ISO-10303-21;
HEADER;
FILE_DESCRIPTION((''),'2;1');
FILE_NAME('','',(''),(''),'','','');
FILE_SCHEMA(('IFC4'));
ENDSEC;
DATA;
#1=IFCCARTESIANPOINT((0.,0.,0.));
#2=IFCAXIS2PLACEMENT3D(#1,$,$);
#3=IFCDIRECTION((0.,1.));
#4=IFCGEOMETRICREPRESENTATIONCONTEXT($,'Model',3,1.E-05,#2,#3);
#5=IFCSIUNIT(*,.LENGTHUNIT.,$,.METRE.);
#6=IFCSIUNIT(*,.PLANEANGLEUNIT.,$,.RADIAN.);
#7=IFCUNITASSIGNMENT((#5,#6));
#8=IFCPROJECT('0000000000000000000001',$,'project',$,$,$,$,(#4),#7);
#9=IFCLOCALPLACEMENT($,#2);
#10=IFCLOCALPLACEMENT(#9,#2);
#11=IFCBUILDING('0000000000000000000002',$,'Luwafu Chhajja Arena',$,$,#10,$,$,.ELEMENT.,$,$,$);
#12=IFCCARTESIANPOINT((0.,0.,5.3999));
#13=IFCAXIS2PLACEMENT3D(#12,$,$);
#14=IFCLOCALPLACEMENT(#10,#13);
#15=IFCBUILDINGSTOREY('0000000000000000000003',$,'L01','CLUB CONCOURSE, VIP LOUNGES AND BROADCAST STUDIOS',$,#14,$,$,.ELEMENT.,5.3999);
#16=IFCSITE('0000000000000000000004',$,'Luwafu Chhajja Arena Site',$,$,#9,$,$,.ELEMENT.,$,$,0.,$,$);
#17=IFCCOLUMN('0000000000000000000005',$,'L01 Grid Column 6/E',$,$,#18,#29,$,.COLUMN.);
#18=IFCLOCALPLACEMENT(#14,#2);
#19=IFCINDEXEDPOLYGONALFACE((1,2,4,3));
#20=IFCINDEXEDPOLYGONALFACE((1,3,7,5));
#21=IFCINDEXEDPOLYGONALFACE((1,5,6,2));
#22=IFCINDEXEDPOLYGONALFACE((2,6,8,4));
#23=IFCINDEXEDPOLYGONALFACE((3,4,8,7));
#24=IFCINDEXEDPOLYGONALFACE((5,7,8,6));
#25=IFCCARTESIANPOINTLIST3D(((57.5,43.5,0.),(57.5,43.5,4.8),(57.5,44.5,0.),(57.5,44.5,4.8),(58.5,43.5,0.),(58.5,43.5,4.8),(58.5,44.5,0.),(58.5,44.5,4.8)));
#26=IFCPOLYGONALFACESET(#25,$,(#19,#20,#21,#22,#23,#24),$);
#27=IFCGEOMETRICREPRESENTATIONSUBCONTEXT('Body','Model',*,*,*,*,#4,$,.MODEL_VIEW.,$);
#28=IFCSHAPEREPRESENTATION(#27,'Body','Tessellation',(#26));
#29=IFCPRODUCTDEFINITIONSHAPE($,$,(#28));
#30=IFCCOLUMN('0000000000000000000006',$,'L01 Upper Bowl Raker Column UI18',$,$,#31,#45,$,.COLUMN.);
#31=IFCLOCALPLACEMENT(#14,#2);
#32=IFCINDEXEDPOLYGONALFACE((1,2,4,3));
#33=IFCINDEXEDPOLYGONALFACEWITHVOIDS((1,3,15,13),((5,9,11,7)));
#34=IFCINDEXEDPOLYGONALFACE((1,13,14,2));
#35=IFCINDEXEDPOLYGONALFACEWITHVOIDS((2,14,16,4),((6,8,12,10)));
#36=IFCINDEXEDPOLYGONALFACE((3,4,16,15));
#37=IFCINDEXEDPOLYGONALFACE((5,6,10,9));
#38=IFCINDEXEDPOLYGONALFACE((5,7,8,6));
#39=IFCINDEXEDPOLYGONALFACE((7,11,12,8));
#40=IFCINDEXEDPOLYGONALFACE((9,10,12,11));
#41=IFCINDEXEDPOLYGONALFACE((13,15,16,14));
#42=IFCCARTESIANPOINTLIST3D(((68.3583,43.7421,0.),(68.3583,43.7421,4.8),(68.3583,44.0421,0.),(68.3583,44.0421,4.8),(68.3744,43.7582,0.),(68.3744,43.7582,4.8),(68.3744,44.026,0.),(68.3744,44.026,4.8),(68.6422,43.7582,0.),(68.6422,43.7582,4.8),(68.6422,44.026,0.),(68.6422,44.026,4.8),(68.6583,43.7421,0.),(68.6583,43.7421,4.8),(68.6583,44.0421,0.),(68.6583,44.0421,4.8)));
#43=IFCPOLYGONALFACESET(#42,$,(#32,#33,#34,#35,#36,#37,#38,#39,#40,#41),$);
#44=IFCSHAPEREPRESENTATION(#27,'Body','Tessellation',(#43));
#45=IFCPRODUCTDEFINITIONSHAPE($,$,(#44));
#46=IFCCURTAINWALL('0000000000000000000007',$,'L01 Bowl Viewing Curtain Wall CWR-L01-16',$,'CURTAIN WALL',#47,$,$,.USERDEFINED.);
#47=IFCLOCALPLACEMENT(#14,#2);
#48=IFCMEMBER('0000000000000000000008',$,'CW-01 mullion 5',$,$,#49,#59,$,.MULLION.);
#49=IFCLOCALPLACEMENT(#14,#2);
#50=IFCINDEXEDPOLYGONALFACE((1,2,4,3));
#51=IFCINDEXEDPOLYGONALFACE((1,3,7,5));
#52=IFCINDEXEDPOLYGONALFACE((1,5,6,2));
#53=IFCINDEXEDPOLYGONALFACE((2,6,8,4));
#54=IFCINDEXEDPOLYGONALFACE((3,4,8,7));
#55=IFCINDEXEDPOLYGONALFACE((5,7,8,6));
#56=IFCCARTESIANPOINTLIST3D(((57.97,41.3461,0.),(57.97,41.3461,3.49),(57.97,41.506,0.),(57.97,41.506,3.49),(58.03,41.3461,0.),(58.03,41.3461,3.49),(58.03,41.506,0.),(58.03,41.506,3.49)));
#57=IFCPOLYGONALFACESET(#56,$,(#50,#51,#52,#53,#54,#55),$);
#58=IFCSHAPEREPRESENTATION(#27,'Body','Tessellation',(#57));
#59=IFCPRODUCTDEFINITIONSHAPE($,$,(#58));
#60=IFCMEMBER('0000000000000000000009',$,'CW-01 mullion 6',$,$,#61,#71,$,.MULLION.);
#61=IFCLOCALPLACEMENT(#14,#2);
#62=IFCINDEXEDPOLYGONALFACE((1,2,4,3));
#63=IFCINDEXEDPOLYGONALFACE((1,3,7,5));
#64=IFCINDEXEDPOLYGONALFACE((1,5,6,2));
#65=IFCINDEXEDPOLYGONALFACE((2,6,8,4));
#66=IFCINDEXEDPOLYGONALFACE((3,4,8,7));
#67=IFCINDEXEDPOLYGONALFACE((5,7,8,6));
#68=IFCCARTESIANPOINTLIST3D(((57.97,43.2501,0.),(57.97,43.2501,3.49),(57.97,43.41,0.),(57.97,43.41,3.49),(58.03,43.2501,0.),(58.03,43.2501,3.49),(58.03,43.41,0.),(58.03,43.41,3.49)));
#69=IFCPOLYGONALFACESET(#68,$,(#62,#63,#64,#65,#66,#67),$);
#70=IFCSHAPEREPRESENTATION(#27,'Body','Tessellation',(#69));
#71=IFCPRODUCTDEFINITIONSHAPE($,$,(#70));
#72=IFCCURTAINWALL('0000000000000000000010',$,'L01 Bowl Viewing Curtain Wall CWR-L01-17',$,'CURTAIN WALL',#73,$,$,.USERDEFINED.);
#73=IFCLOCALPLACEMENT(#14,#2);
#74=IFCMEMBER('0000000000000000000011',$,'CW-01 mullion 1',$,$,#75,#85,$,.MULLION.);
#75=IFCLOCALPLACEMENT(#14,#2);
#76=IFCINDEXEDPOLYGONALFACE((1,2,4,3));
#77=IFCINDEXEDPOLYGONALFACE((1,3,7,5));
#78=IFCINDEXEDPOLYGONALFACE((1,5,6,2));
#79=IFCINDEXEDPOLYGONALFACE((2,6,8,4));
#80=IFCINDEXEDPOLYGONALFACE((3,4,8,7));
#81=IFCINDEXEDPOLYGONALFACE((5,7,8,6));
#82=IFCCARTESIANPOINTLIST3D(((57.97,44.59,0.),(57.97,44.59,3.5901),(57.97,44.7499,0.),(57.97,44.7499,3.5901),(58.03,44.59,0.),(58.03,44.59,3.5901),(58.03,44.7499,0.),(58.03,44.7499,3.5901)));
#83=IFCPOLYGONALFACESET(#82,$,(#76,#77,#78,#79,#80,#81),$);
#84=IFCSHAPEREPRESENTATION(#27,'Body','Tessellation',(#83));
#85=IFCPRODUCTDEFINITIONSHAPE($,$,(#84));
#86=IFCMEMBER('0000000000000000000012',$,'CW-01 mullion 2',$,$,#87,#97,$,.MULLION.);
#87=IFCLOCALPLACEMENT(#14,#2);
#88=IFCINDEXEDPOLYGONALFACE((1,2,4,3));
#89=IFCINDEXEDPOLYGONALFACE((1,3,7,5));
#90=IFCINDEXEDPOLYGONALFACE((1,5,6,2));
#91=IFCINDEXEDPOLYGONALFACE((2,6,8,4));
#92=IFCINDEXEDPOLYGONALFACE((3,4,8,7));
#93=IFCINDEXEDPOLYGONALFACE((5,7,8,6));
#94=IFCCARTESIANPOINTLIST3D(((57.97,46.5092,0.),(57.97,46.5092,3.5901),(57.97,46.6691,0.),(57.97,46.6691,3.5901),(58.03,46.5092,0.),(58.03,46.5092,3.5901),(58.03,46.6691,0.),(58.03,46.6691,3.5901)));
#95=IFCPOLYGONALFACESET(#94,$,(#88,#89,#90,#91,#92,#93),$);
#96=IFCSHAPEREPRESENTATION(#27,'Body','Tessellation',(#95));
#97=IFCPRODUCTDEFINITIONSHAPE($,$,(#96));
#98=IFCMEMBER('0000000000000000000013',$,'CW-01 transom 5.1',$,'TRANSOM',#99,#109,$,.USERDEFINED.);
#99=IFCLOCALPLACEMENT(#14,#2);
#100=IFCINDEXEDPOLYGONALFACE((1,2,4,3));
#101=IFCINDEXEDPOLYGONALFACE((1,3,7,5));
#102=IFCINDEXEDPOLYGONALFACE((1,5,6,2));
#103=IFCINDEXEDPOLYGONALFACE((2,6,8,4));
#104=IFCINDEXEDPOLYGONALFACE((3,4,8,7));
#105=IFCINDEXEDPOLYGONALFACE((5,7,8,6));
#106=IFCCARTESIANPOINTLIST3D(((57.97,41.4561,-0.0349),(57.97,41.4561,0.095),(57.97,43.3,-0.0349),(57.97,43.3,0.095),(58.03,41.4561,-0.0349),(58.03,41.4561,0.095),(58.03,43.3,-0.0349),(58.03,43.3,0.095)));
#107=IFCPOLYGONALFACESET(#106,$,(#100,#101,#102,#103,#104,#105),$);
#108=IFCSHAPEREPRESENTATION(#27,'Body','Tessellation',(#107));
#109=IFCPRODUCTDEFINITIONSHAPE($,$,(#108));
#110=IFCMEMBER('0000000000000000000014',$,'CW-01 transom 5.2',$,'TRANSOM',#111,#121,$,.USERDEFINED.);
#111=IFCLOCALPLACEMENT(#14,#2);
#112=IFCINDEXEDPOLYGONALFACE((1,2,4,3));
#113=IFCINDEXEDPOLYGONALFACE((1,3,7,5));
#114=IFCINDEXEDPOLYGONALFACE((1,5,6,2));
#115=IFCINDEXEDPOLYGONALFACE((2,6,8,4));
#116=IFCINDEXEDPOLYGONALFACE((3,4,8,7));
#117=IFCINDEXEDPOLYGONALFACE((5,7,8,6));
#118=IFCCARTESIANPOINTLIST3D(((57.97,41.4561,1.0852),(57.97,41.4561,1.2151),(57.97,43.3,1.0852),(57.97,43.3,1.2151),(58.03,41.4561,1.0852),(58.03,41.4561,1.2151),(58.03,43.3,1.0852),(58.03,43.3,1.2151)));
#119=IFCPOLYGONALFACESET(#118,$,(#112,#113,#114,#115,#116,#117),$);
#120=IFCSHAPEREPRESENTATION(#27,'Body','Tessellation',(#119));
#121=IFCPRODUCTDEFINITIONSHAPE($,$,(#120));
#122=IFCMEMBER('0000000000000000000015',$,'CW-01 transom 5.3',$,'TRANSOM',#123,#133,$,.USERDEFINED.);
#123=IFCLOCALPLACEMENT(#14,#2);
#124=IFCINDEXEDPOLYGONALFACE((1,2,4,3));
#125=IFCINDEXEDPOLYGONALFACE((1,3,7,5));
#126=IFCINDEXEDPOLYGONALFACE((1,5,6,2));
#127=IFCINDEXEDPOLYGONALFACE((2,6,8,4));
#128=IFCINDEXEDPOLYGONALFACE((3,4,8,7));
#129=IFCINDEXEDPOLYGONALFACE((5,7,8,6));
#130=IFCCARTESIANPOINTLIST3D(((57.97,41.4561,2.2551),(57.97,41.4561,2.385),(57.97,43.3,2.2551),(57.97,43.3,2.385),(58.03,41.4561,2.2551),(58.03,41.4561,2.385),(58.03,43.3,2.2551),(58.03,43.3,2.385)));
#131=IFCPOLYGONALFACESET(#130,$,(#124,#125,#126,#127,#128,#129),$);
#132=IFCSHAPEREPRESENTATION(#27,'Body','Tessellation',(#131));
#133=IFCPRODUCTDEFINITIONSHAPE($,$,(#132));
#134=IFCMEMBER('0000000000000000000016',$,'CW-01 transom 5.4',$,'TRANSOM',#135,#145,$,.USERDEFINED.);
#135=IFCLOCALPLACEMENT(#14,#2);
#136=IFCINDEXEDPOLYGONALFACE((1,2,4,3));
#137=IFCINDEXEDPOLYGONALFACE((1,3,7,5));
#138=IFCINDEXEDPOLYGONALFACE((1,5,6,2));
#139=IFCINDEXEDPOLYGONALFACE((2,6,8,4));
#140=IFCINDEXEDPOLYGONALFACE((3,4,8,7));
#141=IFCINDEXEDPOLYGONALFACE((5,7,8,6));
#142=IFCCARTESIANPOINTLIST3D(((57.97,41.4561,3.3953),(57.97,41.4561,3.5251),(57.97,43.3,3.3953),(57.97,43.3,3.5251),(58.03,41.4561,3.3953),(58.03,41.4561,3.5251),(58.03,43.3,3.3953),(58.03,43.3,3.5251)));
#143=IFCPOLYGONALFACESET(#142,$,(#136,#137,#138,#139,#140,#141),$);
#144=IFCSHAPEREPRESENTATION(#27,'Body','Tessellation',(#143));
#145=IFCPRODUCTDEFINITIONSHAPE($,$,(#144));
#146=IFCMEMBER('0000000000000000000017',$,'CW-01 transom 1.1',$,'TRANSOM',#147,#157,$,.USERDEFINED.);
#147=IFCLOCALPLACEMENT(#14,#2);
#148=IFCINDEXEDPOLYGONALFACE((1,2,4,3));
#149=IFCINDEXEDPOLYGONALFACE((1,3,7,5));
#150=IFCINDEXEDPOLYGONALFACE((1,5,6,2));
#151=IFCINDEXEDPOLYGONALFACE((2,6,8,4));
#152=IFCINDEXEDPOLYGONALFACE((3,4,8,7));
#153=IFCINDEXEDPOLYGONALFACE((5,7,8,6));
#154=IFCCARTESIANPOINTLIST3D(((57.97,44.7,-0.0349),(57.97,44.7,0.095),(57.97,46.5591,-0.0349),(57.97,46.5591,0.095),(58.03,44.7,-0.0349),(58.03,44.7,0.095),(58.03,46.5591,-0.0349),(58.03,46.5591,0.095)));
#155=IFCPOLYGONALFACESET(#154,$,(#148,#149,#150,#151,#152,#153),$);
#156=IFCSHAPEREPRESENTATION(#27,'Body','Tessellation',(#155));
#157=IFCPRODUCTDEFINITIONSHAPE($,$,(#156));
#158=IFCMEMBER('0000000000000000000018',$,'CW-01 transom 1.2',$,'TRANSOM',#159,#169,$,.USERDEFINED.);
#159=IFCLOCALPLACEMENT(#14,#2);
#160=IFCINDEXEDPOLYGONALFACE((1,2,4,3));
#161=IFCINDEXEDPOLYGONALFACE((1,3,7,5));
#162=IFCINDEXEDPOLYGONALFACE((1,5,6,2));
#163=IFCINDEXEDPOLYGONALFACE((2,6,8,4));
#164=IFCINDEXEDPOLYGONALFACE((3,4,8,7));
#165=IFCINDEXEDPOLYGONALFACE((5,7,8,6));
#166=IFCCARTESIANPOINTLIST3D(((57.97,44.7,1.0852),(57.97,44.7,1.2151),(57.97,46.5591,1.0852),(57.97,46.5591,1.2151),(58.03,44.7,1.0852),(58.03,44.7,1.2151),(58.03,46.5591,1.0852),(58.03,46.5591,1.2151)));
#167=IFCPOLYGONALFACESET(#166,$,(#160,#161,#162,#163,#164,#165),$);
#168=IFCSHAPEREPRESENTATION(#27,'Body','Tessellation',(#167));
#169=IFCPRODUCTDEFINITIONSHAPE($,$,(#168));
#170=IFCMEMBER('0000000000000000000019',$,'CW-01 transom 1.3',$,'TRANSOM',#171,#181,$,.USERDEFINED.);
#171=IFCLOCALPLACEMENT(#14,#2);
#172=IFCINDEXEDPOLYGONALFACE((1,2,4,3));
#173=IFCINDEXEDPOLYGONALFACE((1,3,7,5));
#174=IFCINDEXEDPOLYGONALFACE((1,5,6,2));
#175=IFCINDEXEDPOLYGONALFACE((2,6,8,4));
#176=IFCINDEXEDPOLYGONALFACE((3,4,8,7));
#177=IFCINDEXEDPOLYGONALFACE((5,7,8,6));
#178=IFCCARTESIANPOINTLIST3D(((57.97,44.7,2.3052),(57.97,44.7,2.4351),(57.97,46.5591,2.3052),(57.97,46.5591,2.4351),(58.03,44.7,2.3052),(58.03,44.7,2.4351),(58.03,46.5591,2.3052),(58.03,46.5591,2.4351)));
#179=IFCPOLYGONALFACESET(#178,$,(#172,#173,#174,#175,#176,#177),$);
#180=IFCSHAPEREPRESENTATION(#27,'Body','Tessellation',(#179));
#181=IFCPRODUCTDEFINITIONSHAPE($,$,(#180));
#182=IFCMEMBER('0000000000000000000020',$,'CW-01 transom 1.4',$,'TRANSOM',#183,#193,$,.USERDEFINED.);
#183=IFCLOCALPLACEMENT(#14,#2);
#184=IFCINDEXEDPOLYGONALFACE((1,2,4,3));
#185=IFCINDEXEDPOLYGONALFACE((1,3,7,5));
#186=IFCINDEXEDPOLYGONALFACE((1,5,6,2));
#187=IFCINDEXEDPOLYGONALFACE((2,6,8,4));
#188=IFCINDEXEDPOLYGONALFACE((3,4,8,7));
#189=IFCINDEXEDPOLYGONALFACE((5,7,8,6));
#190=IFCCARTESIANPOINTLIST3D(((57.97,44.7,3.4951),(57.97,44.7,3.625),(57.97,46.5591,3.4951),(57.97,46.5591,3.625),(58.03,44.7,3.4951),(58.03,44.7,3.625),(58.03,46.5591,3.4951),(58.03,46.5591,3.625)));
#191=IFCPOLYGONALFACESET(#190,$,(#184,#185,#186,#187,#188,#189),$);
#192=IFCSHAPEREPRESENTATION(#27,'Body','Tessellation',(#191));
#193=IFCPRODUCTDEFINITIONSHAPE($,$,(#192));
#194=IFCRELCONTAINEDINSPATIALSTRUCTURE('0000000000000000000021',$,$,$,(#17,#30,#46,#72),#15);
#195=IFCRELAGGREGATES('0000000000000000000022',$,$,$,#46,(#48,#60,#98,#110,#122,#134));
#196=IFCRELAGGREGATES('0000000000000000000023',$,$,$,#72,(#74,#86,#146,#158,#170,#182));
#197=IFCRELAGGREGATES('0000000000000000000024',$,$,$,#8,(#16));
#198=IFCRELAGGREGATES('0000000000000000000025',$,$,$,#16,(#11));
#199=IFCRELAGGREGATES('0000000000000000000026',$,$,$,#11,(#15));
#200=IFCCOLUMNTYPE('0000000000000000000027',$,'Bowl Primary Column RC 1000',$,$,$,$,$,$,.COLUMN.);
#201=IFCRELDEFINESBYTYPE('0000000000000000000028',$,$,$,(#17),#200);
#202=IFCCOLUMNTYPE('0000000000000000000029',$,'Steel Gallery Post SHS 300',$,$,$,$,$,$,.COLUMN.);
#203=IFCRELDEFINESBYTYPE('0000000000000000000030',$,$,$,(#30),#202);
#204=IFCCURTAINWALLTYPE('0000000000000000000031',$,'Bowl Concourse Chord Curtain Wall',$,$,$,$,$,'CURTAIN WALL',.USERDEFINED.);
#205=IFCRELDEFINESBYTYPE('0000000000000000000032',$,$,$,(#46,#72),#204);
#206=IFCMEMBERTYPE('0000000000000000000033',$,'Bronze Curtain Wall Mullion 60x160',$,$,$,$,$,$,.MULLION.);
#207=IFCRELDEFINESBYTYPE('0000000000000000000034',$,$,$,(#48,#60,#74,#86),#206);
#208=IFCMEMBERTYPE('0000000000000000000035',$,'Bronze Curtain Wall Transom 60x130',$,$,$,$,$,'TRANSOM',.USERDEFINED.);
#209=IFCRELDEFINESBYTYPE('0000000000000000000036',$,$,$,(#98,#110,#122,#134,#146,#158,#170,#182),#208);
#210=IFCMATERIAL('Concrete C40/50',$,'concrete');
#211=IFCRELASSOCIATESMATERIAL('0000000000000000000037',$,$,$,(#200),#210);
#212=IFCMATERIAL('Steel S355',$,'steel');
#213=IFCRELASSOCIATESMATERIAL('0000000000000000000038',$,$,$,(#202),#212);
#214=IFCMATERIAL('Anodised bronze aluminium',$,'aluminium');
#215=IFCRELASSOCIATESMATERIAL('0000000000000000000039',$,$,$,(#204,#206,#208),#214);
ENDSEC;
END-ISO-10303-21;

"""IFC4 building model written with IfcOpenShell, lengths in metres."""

from ifc_helpers import new_model, si_unit, direction, frame, origin, origin_2d, place, context, subcontext, project, spatial, rectangle, hollow_rectangle, extrude, material, material_profile, profile_set, type_object, element, aggregate, save


model = new_model("IFC4")

# Units and contexts
model_context = context("Model", 3, precision=1e-05, world=origin(), true_north=direction((0.0, 1.0)))
body_context = subcontext(model_context, "Body", "Model", "MODEL_VIEW")
ifc_project = project(units=[si_unit("LENGTHUNIT", "METRE"), si_unit("PLANEANGLEUNIT", "RADIAN")], contexts=[model_context])

# Site, building, storey
site_placement = place(None, origin())
site = spatial("IfcSite", under=ifc_project, at=site_placement, Name="Luwafu Chhajja Arena Site", CompositionType="ELEMENT", RefElevation=0.0)
building_placement = place(site_placement, origin())
building = spatial("IfcBuilding", under=site, at=building_placement, Name="Luwafu Chhajja Arena", CompositionType="ELEMENT")
storey_placement = place(building_placement, frame((0.0, 0.0, 5.3999)))
storey = spatial("IfcBuildingStorey", under=building, at=storey_placement, Name="L01", Description="CLUB CONCOURSE, VIP LOUNGES AND BROADCAST STUDIOS", CompositionType="ELEMENT", Elevation=5.3999)

# Columns
ifc_material_1 = material(Name="Concrete C40/50", Category="concrete")
ifc_material_profile_1 = material_profile(ifc_material_1, rectangle(XDim=1.0, YDim=1.0, at=origin_2d()), Name="RC 1000x1000")
ifc_profile_set_1 = profile_set([ifc_material_profile_1], Name="Concrete C40/50")
column_type_1 = type_object("IfcColumnType", Name="Bowl Primary Column RC 1000", PredefinedType="COLUMN", material=ifc_profile_set_1)
column_1_placement = place(storey_placement, frame((58.0, 44.0, 0.0), z_axis=(0.0, 0.0, 1.0), x_axis=(1.0, 0.0, 0.0)))
element("IfcColumn", 1, at=column_1_placement, inside=storey, type_object=column_type_1, Name="L01 Grid Column 6/E", PredefinedType="COLUMN", context=body_context, shape_type="SweptSolid", body=[
    extrude(rectangle(XDim=1.0, YDim=1.0, at=origin_2d()), origin(), (0.0, 0.0, 1.0), 4.8),
])
ifc_material_2 = material(Name="Steel S355", Category="steel")
ifc_material_profile_2 = material_profile(ifc_material_2, hollow_rectangle(XDim=0.3, YDim=0.3, WallThickness=0.0161, at=origin_2d()), Name="SHS 300x300x16")
ifc_profile_set_2 = profile_set([ifc_material_profile_2], Name="Steel S355")
column_type_2 = type_object("IfcColumnType", Name="Steel Gallery Post SHS 300", PredefinedType="COLUMN", material=ifc_profile_set_2)
column_2_placement = place(storey_placement, frame((68.5083, 43.8921, 0.0), z_axis=(0.0, 0.0, 1.0), x_axis=(1.0, 0.0, 0.0)))
element("IfcColumn", 2, at=column_2_placement, inside=storey, type_object=column_type_2, Name="L01 Upper Bowl Raker Column UI18", PredefinedType="COLUMN", context=body_context, shape_type="SweptSolid", body=[
    extrude(hollow_rectangle(XDim=0.3, YDim=0.3, WallThickness=0.0161, at=origin_2d()), origin(), (0.0, 0.0, 1.0), 4.8),
])

# Curtain walls, members
ifc_material_3 = material(Name="Anodised bronze aluminium", Category="aluminium")
curtain_wall_type = type_object("IfcCurtainWallType", Name="Bowl Concourse Chord Curtain Wall", ElementType="CURTAIN WALL", PredefinedType="USERDEFINED", material=ifc_material_3)
curtain_wall_1_placement = place(storey_placement, origin())
curtain_wall_1 = element("IfcCurtainWall", 3, at=curtain_wall_1_placement, inside=storey, type_object=curtain_wall_type, Name="L01 Bowl Viewing Curtain Wall CWR-L01-16", ObjectType="CURTAIN WALL", PredefinedType="USERDEFINED")
ifc_material_profile_3 = material_profile(ifc_material_3, rectangle(XDim=0.0601, YDim=0.1599, at=origin_2d()), Name="CWM 60x160")
ifc_profile_set_3 = profile_set([ifc_material_profile_3], Name="Anodised bronze aluminium")
member_type_1 = type_object("IfcMemberType", Name="Bronze Curtain Wall Mullion 60x160", PredefinedType="MULLION", material=ifc_profile_set_3)
member_1_placement = place(storey_placement, frame((58.0, 41.426, 0.0), z_axis=(0.0, 0.0, 1.0), x_axis=(-1.0, 0.0, 0.0)))
member_1 = element("IfcMember", 4, at=member_1_placement, type_object=member_type_1, Name="CW-01 mullion 5", PredefinedType="MULLION", context=body_context, shape_type="SweptSolid", body=[
    extrude(rectangle(XDim=0.0601, YDim=0.1599, at=origin_2d()), origin(), (0.0, 0.0, 1.0), 3.49),
])
member_2_placement = place(storey_placement, frame((58.0, 43.3301, 0.0), z_axis=(0.0, 0.0, 1.0), x_axis=(-1.0, 0.0, 0.0)))
member_2 = element("IfcMember", 5, at=member_2_placement, type_object=member_type_1, Name="CW-01 mullion 6", PredefinedType="MULLION", context=body_context, shape_type="SweptSolid", body=[
    extrude(rectangle(XDim=0.0601, YDim=0.1599, at=origin_2d()), origin(), (0.0, 0.0, 1.0), 3.49),
])
curtain_wall_2_placement = place(storey_placement, origin())
curtain_wall_2 = element("IfcCurtainWall", 6, at=curtain_wall_2_placement, inside=storey, type_object=curtain_wall_type, Name="L01 Bowl Viewing Curtain Wall CWR-L01-17", ObjectType="CURTAIN WALL", PredefinedType="USERDEFINED")
member_3_placement = place(storey_placement, frame((58.0, 44.6699, 0.0), z_axis=(0.0, 0.0, 1.0), x_axis=(-1.0, 0.0, 0.0)))
member_3 = element("IfcMember", 7, at=member_3_placement, type_object=member_type_1, Name="CW-01 mullion 1", PredefinedType="MULLION", context=body_context, shape_type="SweptSolid", body=[
    extrude(rectangle(XDim=0.0601, YDim=0.1599, at=origin_2d()), origin(), (0.0, 0.0, 1.0), 3.5901),
])
member_4_placement = place(storey_placement, frame((58.0, 46.5891, 0.0), z_axis=(0.0, 0.0, 1.0), x_axis=(-1.0, 0.0, 0.0)))
member_4 = element("IfcMember", 8, at=member_4_placement, type_object=member_type_1, Name="CW-01 mullion 2", PredefinedType="MULLION", context=body_context, shape_type="SweptSolid", body=[
    extrude(rectangle(XDim=0.0601, YDim=0.1599, at=origin_2d()), origin(), (0.0, 0.0, 1.0), 3.5901),
])

# Members
ifc_material_profile_4 = material_profile(ifc_material_3, rectangle(XDim=0.0601, YDim=0.1299, at=origin_2d()), Name="CWT 60x130")
ifc_profile_set_4 = profile_set([ifc_material_profile_4], Name="Anodised bronze aluminium")
member_type_2 = type_object("IfcMemberType", Name="Bronze Curtain Wall Transom 60x130", ElementType="TRANSOM", PredefinedType="USERDEFINED", material=ifc_profile_set_4)
member_5_placement = place(storey_placement, frame((58.0, 41.4561, 0.03), z_axis=(0.0, 1.0, 0.0), x_axis=(-1.0, 0.0, 0.0)))
member_5 = element("IfcMember", 9, at=member_5_placement, type_object=member_type_2, Name="CW-01 transom 5.1", ObjectType="TRANSOM", PredefinedType="USERDEFINED", context=body_context, shape_type="SweptSolid", body=[
    extrude(rectangle(XDim=0.0601, YDim=0.1299, at=origin_2d()), origin(), (0.0, 0.0, 1.0), 1.844),
])
member_6_placement = place(storey_placement, frame((58.0, 41.4561, 1.1501), z_axis=(0.0, 1.0, 0.0), x_axis=(-1.0, 0.0, 0.0)))
member_6 = element("IfcMember", 10, at=member_6_placement, type_object=member_type_2, Name="CW-01 transom 5.2", ObjectType="TRANSOM", PredefinedType="USERDEFINED", context=body_context, shape_type="SweptSolid", body=[
    extrude(rectangle(XDim=0.0601, YDim=0.1299, at=origin_2d()), origin(), (0.0, 0.0, 1.0), 1.844),
])
member_7_placement = place(storey_placement, frame((58.0, 41.4561, 2.3201), z_axis=(0.0, 1.0, 0.0), x_axis=(-1.0, 0.0, 0.0)))
member_7 = element("IfcMember", 11, at=member_7_placement, type_object=member_type_2, Name="CW-01 transom 5.3", ObjectType="TRANSOM", PredefinedType="USERDEFINED", context=body_context, shape_type="SweptSolid", body=[
    extrude(rectangle(XDim=0.0601, YDim=0.1299, at=origin_2d()), origin(), (0.0, 0.0, 1.0), 1.844),
])
member_8_placement = place(storey_placement, frame((58.0, 41.4561, 3.4602), z_axis=(0.0, 1.0, 0.0), x_axis=(-1.0, 0.0, 0.0)))
member_8 = element("IfcMember", 12, at=member_8_placement, type_object=member_type_2, Name="CW-01 transom 5.4", ObjectType="TRANSOM", PredefinedType="USERDEFINED", context=body_context, shape_type="SweptSolid", body=[
    extrude(rectangle(XDim=0.0601, YDim=0.1299, at=origin_2d()), origin(), (0.0, 0.0, 1.0), 1.844),
])
member_9_placement = place(storey_placement, frame((58.0, 44.7, 0.03), z_axis=(0.0, 1.0, 0.0), x_axis=(-1.0, 0.0, 0.0)))
member_9 = element("IfcMember", 13, at=member_9_placement, type_object=member_type_2, Name="CW-01 transom 1.1", ObjectType="TRANSOM", PredefinedType="USERDEFINED", context=body_context, shape_type="SweptSolid", body=[
    extrude(rectangle(XDim=0.0601, YDim=0.1299, at=origin_2d()), origin(), (0.0, 0.0, 1.0), 1.8591),
])
member_10_placement = place(storey_placement, frame((58.0, 44.7, 1.1501), z_axis=(0.0, 1.0, 0.0), x_axis=(-1.0, 0.0, 0.0)))
member_10 = element("IfcMember", 14, at=member_10_placement, type_object=member_type_2, Name="CW-01 transom 1.2", ObjectType="TRANSOM", PredefinedType="USERDEFINED", context=body_context, shape_type="SweptSolid", body=[
    extrude(rectangle(XDim=0.0601, YDim=0.1299, at=origin_2d()), origin(), (0.0, 0.0, 1.0), 1.8591),
])
member_11_placement = place(storey_placement, frame((58.0, 44.7, 2.3701), z_axis=(0.0, 1.0, 0.0), x_axis=(-1.0, 0.0, 0.0)))
member_11 = element("IfcMember", 15, at=member_11_placement, type_object=member_type_2, Name="CW-01 transom 1.3", ObjectType="TRANSOM", PredefinedType="USERDEFINED", context=body_context, shape_type="SweptSolid", body=[
    extrude(rectangle(XDim=0.0601, YDim=0.1299, at=origin_2d()), origin(), (0.0, 0.0, 1.0), 1.8591),
])
member_12_placement = place(storey_placement, frame((58.0, 44.7, 3.5601), z_axis=(0.0, 1.0, 0.0), x_axis=(-1.0, 0.0, 0.0)))
member_12 = element("IfcMember", 16, at=member_12_placement, type_object=member_type_2, Name="CW-01 transom 1.4", ObjectType="TRANSOM", PredefinedType="USERDEFINED", context=body_context, shape_type="SweptSolid", body=[
    extrude(rectangle(XDim=0.0601, YDim=0.1299, at=origin_2d()), origin(), (0.0, 0.0, 1.0), 1.8591),
])

aggregate(curtain_wall_1, [member_1, member_2, member_5, member_6, member_7, member_8])
aggregate(curtain_wall_2, [member_3, member_4, member_9, member_10, member_11, member_12])

save(model, "model.ifc")
